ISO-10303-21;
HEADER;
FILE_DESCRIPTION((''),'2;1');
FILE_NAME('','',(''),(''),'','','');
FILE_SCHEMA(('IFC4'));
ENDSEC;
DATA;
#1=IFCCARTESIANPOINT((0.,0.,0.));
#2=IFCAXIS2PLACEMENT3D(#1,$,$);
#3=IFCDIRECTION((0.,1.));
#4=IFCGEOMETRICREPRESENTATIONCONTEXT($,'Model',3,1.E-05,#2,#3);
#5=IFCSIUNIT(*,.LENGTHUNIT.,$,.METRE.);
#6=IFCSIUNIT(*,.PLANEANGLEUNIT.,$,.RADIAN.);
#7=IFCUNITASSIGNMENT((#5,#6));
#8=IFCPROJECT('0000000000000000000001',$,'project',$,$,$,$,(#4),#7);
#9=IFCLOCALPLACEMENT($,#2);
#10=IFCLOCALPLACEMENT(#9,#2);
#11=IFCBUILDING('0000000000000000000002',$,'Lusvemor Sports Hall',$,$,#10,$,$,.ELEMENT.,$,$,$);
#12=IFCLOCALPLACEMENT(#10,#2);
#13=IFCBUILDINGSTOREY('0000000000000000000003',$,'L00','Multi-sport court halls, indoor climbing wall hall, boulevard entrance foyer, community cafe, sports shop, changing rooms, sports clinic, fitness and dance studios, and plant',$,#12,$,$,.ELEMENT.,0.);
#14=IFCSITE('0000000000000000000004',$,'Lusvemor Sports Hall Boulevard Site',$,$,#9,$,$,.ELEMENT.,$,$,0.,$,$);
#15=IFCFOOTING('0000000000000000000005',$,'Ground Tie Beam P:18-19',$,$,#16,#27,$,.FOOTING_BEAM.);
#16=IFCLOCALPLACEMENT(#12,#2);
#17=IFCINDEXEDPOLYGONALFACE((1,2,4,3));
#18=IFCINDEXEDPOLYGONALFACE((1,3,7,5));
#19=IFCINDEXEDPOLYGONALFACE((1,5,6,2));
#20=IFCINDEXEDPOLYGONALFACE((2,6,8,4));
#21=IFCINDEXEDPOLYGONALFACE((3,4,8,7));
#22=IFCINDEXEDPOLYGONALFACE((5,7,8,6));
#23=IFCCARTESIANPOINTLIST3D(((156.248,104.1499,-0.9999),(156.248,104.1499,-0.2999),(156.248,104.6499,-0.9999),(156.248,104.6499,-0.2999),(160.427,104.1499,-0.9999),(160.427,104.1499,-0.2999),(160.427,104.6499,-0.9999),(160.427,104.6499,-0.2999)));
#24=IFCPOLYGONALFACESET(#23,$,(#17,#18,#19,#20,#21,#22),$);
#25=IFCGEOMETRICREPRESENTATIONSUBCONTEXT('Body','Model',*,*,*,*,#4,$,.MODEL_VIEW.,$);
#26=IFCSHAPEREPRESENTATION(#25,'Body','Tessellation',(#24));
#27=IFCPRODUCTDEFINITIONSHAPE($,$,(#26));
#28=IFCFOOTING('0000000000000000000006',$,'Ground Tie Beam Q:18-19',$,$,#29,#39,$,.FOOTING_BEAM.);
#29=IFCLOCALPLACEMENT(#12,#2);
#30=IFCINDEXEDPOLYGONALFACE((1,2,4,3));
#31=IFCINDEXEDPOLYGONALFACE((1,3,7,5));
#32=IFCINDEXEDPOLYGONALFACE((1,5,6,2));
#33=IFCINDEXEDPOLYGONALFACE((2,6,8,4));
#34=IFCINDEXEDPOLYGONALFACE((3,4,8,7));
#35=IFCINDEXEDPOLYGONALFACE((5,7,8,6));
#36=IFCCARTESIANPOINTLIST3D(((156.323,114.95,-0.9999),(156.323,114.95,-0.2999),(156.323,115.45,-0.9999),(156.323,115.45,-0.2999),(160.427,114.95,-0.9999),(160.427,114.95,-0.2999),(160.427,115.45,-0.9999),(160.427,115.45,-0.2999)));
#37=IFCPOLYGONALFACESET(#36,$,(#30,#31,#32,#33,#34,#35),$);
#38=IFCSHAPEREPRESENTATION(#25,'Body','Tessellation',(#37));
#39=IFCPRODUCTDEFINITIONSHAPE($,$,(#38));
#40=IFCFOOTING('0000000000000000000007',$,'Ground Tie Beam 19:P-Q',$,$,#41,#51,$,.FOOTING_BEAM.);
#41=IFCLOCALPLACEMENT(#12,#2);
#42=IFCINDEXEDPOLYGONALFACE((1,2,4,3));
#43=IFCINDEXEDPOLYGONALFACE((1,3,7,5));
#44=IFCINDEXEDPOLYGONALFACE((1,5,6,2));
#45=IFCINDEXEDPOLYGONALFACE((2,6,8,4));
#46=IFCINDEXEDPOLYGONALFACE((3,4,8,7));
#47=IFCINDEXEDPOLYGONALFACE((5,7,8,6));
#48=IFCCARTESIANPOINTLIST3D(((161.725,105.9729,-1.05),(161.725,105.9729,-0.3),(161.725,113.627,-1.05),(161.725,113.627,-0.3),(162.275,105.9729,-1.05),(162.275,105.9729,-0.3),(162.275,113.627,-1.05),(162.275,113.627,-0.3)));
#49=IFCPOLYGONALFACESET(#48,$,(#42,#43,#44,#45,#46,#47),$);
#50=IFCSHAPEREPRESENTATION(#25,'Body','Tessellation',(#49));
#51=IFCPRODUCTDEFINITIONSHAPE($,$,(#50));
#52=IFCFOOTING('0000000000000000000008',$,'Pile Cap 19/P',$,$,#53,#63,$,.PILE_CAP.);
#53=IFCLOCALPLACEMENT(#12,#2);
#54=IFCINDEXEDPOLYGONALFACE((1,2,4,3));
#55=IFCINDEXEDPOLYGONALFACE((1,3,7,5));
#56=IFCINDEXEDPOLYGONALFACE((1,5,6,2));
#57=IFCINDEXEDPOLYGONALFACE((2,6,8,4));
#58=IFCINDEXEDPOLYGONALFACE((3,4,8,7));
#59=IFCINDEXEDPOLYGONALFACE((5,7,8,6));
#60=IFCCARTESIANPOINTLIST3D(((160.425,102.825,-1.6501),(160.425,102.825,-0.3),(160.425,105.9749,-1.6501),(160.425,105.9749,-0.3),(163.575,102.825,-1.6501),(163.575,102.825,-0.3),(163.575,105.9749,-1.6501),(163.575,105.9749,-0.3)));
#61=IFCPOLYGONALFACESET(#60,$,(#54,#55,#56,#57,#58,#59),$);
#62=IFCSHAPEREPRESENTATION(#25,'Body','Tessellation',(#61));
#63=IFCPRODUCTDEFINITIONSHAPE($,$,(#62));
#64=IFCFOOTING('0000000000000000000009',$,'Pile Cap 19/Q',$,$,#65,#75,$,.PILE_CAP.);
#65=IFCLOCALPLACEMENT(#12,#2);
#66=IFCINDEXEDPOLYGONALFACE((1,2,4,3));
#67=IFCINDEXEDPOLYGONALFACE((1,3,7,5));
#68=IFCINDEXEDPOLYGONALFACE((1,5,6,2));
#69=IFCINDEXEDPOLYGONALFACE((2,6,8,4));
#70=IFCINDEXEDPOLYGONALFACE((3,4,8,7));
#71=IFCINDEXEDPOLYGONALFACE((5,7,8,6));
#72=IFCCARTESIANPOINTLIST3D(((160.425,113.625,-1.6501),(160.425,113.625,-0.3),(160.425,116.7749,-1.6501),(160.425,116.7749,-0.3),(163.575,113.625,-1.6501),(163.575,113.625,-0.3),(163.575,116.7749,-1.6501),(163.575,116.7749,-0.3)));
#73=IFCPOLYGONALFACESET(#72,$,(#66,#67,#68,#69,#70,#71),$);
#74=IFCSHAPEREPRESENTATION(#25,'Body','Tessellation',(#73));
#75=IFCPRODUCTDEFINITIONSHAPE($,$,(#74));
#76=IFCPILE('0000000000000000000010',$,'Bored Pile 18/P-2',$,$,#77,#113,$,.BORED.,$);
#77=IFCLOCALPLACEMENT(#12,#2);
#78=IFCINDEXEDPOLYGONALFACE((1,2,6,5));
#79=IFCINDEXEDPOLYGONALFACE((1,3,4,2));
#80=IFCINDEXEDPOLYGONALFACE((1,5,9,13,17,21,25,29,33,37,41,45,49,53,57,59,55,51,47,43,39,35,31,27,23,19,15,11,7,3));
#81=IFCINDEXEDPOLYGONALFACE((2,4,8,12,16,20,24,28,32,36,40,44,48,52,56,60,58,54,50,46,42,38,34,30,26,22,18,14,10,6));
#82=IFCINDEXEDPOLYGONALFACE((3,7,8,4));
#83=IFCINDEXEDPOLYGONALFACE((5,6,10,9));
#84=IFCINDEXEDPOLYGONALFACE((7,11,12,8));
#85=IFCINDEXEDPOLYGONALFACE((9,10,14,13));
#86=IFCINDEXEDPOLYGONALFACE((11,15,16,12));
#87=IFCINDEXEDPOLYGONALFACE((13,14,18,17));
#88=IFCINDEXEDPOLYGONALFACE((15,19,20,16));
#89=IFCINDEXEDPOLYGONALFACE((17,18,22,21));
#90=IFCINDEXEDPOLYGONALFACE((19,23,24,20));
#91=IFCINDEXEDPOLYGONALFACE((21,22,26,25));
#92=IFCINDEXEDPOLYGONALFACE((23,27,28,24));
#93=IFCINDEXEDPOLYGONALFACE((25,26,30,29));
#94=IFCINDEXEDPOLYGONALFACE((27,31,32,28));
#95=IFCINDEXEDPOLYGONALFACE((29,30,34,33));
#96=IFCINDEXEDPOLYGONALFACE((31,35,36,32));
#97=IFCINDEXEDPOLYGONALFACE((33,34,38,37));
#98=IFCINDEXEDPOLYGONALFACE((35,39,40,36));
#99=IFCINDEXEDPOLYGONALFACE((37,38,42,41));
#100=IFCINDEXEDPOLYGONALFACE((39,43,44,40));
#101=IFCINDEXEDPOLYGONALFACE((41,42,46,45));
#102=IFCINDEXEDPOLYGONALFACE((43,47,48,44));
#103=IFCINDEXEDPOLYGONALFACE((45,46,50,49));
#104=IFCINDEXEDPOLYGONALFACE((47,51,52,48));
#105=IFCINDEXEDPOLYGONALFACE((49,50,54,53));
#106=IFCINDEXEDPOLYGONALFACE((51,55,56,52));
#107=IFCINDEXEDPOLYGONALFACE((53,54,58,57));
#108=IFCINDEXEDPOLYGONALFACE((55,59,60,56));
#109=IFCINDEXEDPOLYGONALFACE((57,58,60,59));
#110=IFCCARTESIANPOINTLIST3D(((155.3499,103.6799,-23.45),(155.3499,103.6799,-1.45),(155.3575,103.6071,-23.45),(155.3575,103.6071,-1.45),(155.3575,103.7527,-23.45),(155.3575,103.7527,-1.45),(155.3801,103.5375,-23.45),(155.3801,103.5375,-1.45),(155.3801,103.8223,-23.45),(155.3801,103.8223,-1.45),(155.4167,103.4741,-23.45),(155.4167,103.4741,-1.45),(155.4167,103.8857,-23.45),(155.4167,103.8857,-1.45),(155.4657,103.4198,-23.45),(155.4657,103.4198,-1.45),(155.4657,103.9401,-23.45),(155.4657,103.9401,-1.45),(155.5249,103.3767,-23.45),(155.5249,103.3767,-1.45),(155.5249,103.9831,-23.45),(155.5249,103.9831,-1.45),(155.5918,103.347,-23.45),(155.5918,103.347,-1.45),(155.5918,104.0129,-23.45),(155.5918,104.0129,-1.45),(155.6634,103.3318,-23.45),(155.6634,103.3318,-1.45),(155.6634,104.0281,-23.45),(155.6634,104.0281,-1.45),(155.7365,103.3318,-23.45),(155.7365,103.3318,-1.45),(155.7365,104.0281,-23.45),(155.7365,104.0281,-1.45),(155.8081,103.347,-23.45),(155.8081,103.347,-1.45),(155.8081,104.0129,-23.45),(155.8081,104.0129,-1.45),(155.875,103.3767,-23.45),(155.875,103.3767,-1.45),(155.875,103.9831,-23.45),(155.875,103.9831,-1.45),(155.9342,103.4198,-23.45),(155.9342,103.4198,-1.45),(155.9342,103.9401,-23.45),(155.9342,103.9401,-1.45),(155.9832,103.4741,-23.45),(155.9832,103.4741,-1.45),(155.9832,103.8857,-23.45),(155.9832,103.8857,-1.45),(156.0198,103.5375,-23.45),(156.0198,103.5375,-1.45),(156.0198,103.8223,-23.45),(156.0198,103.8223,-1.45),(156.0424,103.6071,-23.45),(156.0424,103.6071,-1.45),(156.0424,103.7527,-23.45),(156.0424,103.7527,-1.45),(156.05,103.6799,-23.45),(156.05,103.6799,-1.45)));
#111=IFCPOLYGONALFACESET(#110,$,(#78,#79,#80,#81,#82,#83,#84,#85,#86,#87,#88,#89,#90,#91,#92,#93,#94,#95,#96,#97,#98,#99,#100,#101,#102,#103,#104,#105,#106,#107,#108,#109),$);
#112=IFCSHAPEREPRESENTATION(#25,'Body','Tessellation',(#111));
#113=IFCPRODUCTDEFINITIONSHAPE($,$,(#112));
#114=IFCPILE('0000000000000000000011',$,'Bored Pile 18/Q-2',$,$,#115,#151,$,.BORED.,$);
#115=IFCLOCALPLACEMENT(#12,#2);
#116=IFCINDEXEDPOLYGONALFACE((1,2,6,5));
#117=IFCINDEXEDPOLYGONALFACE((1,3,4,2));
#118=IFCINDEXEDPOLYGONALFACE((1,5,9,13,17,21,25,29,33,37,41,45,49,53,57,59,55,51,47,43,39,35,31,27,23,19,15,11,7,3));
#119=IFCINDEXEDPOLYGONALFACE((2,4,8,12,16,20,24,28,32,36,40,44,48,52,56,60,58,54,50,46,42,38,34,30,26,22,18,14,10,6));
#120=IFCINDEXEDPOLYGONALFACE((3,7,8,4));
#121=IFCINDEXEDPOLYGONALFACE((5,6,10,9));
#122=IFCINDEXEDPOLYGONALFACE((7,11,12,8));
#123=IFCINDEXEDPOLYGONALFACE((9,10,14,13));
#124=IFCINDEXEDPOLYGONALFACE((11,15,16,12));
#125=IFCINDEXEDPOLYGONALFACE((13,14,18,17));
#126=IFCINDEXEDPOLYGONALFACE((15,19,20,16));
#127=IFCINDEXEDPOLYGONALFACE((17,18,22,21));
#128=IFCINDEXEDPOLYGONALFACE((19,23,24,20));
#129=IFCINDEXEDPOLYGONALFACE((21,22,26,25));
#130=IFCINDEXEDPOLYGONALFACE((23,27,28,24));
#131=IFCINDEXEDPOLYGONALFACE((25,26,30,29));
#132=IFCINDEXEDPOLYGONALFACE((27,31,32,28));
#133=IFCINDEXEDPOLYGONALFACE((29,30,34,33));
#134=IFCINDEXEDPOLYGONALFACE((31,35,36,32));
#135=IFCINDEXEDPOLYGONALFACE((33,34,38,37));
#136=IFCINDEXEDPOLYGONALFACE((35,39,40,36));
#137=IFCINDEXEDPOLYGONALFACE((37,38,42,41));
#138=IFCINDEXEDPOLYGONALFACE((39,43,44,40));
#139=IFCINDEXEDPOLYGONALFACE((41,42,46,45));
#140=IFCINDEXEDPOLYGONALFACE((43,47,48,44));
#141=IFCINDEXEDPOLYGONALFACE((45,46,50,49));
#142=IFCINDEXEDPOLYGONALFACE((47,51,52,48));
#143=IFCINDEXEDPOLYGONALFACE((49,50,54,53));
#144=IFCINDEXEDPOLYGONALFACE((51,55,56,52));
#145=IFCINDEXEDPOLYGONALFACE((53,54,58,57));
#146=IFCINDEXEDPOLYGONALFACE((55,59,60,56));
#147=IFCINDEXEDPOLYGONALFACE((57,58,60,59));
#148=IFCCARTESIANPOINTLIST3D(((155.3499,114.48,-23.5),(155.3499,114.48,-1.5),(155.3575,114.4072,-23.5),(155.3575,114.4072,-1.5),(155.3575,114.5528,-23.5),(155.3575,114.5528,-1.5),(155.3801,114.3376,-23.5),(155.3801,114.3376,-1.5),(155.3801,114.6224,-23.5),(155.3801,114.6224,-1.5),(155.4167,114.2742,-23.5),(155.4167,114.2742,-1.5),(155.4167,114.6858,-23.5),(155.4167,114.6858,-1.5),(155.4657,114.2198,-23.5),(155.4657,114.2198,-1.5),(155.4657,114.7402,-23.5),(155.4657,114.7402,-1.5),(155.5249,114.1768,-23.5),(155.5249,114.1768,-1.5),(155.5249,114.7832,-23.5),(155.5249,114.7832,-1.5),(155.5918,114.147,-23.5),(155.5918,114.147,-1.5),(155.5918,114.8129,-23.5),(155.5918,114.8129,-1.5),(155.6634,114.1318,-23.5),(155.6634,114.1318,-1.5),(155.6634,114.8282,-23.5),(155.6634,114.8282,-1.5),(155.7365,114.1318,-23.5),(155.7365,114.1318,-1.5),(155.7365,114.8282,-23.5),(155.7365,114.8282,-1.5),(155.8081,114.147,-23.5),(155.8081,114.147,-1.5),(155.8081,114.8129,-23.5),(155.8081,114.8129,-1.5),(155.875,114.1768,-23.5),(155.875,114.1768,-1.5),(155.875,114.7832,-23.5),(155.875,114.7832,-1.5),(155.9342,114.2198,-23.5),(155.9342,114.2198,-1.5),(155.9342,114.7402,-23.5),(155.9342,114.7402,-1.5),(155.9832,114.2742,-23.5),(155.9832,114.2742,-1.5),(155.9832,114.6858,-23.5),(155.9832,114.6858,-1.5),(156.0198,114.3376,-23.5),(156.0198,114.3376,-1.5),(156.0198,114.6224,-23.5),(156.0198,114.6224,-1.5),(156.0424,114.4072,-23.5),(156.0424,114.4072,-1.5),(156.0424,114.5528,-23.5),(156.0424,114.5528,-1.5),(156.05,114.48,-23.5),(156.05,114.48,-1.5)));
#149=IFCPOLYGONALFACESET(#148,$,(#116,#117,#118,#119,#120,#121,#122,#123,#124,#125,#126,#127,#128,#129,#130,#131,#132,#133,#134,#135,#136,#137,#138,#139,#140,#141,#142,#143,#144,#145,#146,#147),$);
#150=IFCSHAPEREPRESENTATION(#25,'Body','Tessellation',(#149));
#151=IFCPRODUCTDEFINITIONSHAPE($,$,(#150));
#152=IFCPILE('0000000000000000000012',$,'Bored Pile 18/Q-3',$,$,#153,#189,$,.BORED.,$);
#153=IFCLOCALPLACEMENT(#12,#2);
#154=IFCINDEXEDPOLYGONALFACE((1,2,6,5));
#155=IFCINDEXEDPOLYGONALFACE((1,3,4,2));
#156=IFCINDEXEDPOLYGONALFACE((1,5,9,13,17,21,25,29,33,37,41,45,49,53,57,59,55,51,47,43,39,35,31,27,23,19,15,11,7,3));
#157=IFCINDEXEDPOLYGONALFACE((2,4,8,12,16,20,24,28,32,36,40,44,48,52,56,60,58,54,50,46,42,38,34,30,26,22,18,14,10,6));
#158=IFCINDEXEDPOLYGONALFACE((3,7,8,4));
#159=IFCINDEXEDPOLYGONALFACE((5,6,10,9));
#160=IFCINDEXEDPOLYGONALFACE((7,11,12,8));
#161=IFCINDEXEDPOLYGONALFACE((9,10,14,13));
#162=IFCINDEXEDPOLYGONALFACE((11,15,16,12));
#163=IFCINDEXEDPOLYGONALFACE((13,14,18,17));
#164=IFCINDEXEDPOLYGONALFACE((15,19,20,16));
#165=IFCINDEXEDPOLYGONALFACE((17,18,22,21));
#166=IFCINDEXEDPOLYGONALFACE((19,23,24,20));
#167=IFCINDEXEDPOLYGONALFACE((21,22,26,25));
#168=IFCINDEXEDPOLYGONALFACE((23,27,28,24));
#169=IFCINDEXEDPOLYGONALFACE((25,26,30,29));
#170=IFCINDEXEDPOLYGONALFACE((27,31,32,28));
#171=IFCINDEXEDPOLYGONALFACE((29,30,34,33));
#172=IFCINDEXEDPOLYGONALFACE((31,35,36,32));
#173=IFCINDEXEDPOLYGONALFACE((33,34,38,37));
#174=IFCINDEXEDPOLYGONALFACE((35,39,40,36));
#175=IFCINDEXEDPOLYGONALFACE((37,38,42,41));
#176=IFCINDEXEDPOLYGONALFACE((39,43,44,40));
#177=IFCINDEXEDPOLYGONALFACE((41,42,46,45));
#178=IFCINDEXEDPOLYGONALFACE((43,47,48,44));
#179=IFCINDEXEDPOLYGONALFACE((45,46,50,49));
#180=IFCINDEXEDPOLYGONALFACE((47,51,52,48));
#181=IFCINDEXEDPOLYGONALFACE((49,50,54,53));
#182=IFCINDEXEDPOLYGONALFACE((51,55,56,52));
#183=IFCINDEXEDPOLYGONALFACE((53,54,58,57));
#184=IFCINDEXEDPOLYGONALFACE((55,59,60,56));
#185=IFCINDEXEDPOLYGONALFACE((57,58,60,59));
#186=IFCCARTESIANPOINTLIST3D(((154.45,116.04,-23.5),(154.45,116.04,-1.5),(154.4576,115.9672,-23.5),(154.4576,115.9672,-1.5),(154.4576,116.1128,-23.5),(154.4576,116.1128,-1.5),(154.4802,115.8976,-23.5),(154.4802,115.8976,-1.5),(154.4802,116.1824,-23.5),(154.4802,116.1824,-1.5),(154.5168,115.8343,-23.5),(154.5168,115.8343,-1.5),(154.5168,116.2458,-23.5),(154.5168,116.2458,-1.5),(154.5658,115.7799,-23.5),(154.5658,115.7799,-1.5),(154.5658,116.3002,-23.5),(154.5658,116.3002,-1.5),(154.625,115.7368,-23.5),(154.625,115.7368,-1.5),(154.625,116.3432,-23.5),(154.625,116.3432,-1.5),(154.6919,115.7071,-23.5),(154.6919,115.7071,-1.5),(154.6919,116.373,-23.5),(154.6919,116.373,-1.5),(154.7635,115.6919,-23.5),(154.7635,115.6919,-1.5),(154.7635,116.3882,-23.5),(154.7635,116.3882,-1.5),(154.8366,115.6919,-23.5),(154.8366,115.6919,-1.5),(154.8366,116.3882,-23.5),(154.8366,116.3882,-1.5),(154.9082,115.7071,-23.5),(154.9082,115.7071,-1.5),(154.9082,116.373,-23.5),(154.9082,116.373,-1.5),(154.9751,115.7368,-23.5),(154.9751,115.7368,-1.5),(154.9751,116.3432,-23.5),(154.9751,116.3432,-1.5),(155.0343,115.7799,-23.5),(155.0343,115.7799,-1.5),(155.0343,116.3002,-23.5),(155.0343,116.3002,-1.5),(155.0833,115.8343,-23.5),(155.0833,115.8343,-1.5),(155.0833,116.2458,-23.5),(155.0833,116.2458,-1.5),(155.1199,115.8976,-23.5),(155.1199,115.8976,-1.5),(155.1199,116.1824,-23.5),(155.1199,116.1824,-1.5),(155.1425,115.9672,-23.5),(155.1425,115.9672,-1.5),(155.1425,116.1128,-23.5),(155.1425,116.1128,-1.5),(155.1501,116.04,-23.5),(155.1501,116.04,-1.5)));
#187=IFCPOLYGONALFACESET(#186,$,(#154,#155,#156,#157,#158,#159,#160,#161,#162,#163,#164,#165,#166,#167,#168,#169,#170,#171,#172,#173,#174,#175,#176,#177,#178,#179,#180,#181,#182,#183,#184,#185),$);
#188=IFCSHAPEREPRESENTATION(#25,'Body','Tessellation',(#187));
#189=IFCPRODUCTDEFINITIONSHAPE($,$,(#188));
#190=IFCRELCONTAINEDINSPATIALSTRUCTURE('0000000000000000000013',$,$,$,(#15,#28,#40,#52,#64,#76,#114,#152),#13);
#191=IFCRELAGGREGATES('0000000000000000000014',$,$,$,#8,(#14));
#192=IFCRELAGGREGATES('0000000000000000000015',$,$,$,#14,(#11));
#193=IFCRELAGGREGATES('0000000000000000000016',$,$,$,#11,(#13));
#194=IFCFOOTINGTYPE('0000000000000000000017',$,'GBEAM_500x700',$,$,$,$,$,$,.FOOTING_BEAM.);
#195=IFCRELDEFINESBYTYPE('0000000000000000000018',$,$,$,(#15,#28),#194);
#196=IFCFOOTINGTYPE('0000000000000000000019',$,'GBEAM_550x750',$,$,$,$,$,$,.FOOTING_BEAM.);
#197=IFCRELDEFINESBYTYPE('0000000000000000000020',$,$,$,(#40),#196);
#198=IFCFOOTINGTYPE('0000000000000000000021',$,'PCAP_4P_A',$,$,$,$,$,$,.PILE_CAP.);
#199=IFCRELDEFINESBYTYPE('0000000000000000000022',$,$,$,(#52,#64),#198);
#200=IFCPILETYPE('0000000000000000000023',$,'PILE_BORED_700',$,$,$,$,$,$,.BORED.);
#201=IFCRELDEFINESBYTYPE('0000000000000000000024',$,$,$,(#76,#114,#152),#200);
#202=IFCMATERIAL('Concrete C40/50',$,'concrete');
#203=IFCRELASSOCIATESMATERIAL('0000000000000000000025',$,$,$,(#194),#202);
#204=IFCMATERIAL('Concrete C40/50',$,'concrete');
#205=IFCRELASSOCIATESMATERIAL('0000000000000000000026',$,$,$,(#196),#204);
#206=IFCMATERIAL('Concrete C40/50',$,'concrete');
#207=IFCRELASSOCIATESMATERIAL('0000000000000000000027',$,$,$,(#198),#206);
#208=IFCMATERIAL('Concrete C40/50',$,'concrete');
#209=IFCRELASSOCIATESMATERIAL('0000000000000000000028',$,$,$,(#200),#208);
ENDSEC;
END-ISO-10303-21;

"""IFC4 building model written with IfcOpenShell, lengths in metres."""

from ifc_helpers import new_model, si_unit, direction, frame, origin, origin_2d, place, context, subcontext, project, spatial, rectangle, circle, extrude, material, material_profile, profile_set, type_object, element, save


model = new_model("IFC4")

# Units and contexts
model_context = context("Model", 3, precision=1e-05, world=origin(), true_north=direction((0.0, 1.0)))
body_context = subcontext(model_context, "Body", "Model", "MODEL_VIEW")
ifc_project = project(units=[si_unit("LENGTHUNIT", "METRE"), si_unit("PLANEANGLEUNIT", "RADIAN")], contexts=[model_context])

# Site, building, storey
site_placement = place(None, origin())
site = spatial("IfcSite", under=ifc_project, at=site_placement, Name="Lusvemor Sports Hall Boulevard Site", CompositionType="ELEMENT", RefElevation=0.0)
building_placement = place(site_placement, origin())
building = spatial("IfcBuilding", under=site, at=building_placement, Name="Lusvemor Sports Hall", CompositionType="ELEMENT")
storey_placement = place(building_placement, origin())
storey = spatial("IfcBuildingStorey", under=building, at=storey_placement, Name="L00", Description="Multi-sport court halls, indoor climbing wall hall, boulevard entrance foyer, community cafe, sports shop, changing rooms, sports clinic, fitness and dance studios, and plant", CompositionType="ELEMENT", Elevation=0.0)

# Footings
ifc_material_1 = material(Name="Concrete C40/50", Category="concrete")
ifc_material_profile_1 = material_profile(ifc_material_1, rectangle(XDim=0.5, YDim=0.7, at=origin_2d()), Name="GB_500x700")
ifc_profile_set_1 = profile_set([ifc_material_profile_1], Name="Concrete C40/50")
footing_type_1 = type_object("IfcFootingType", Name="GBEAM_500x700", PredefinedType="FOOTING_BEAM", material=ifc_profile_set_1)
footing_1_placement = place(storey_placement, frame((156.248, 104.3999, -0.6499), z_axis=(1.0, 0.0, 0.0), x_axis=(0.0, 1.0, 0.0)))
element("IfcFooting", 1, at=footing_1_placement, inside=storey, type_object=footing_type_1, Name="Ground Tie Beam P:18-19", PredefinedType="FOOTING_BEAM", context=body_context, shape_type="SweptSolid", body=[
    extrude(rectangle(XDim=0.5, YDim=0.7, at=origin_2d()), origin(), (0.0, 0.0, 1.0), 4.179),
])
footing_2_placement = place(storey_placement, frame((156.323, 115.2, -0.6499), z_axis=(1.0, 0.0, 0.0), x_axis=(0.0, 1.0, 0.0)))
element("IfcFooting", 2, at=footing_2_placement, inside=storey, type_object=footing_type_1, Name="Ground Tie Beam Q:18-19", PredefinedType="FOOTING_BEAM", context=body_context, shape_type="SweptSolid", body=[
    extrude(rectangle(XDim=0.5, YDim=0.7, at=origin_2d()), origin(), (0.0, 0.0, 1.0), 4.104),
])
ifc_material_2 = material(Name="Concrete C40/50", Category="concrete")
ifc_material_profile_2 = material_profile(ifc_material_2, rectangle(XDim=0.55, YDim=0.75, at=origin_2d()), Name="GB_550x750")
ifc_profile_set_2 = profile_set([ifc_material_profile_2], Name="Concrete C40/50")
footing_type_2 = type_object("IfcFootingType", Name="GBEAM_550x750", PredefinedType="FOOTING_BEAM", material=ifc_profile_set_2)
footing_3_placement = place(storey_placement, frame((162.0, 105.9729, -0.675), z_axis=(0.0, 1.0, 0.0), x_axis=(-1.0, 0.0, 0.0)))
element("IfcFooting", 3, at=footing_3_placement, inside=storey, type_object=footing_type_2, Name="Ground Tie Beam 19:P-Q", PredefinedType="FOOTING_BEAM", context=body_context, shape_type="SweptSolid", body=[
    extrude(rectangle(XDim=0.55, YDim=0.75, at=origin_2d()), origin(), (0.0, 0.0, 1.0), 7.6541),
])
ifc_material_3 = material(Name="Concrete C40/50", Category="concrete")
footing_type_3 = type_object("IfcFootingType", Name="PCAP_4P_A", PredefinedType="PILE_CAP", material=ifc_material_3)
for number, where, z_axis, x_axis, name in (
    (4, (162.0, 104.3999, -1.6501), (0.0, 0.0, 1.0), (1.0, 0.0, 0.0), "Pile Cap 19/P"),
    (5, (162.0, 115.2, -1.6501), (0.0, 0.0, 1.0), (1.0, 0.0, 0.0), "Pile Cap 19/Q"),
):
    element("IfcFooting", number, at=place(storey_placement, frame(where, z_axis=z_axis, x_axis=x_axis)), inside=storey, type_object=footing_type_3, Name=name, PredefinedType="PILE_CAP", context=body_context, shape_type="SweptSolid", body=[
        extrude(rectangle(XDim=3.1499, YDim=3.1499, at=origin_2d()), origin(), (0.0, 0.0, 1.0), 1.3501),
    ])

# Piles
ifc_material_4 = material(Name="Concrete C40/50", Category="concrete")
ifc_material_profile_3 = material_profile(ifc_material_4, circle(Radius=0.3501, at=origin_2d()), Name="PILE700")
ifc_profile_set_3 = profile_set([ifc_material_profile_3], Name="Concrete C40/50")
pile_type = type_object("IfcPileType", Name="PILE_BORED_700", PredefinedType="BORED", material=ifc_profile_set_3)
for number, where, z_axis, x_axis, name in (
    (6, (155.7, 103.6799, -1.45), (0.0, 0.0, -1.0), (1.0, 0.0, 0.0), "Bored Pile 18/P-2"),
    (7, (155.7, 114.48, -1.5), (0.0, 0.0, -1.0), (1.0, 0.0, 0.0), "Bored Pile 18/Q-2"),
    (8, (154.8, 116.04, -1.5), (0.0, 0.0, -1.0), (1.0, 0.0, 0.0), "Bored Pile 18/Q-3"),
):
    element("IfcPile", number, at=place(storey_placement, frame(where, z_axis=z_axis, x_axis=x_axis)), inside=storey, type_object=pile_type, Name=name, PredefinedType="BORED", context=body_context, shape_type="SweptSolid", body=[
        extrude(circle(Radius=0.3501, at=origin_2d()), origin(), (0.0, 0.0, 1.0), 22.0),
    ])

save(model, "model.ifc")
